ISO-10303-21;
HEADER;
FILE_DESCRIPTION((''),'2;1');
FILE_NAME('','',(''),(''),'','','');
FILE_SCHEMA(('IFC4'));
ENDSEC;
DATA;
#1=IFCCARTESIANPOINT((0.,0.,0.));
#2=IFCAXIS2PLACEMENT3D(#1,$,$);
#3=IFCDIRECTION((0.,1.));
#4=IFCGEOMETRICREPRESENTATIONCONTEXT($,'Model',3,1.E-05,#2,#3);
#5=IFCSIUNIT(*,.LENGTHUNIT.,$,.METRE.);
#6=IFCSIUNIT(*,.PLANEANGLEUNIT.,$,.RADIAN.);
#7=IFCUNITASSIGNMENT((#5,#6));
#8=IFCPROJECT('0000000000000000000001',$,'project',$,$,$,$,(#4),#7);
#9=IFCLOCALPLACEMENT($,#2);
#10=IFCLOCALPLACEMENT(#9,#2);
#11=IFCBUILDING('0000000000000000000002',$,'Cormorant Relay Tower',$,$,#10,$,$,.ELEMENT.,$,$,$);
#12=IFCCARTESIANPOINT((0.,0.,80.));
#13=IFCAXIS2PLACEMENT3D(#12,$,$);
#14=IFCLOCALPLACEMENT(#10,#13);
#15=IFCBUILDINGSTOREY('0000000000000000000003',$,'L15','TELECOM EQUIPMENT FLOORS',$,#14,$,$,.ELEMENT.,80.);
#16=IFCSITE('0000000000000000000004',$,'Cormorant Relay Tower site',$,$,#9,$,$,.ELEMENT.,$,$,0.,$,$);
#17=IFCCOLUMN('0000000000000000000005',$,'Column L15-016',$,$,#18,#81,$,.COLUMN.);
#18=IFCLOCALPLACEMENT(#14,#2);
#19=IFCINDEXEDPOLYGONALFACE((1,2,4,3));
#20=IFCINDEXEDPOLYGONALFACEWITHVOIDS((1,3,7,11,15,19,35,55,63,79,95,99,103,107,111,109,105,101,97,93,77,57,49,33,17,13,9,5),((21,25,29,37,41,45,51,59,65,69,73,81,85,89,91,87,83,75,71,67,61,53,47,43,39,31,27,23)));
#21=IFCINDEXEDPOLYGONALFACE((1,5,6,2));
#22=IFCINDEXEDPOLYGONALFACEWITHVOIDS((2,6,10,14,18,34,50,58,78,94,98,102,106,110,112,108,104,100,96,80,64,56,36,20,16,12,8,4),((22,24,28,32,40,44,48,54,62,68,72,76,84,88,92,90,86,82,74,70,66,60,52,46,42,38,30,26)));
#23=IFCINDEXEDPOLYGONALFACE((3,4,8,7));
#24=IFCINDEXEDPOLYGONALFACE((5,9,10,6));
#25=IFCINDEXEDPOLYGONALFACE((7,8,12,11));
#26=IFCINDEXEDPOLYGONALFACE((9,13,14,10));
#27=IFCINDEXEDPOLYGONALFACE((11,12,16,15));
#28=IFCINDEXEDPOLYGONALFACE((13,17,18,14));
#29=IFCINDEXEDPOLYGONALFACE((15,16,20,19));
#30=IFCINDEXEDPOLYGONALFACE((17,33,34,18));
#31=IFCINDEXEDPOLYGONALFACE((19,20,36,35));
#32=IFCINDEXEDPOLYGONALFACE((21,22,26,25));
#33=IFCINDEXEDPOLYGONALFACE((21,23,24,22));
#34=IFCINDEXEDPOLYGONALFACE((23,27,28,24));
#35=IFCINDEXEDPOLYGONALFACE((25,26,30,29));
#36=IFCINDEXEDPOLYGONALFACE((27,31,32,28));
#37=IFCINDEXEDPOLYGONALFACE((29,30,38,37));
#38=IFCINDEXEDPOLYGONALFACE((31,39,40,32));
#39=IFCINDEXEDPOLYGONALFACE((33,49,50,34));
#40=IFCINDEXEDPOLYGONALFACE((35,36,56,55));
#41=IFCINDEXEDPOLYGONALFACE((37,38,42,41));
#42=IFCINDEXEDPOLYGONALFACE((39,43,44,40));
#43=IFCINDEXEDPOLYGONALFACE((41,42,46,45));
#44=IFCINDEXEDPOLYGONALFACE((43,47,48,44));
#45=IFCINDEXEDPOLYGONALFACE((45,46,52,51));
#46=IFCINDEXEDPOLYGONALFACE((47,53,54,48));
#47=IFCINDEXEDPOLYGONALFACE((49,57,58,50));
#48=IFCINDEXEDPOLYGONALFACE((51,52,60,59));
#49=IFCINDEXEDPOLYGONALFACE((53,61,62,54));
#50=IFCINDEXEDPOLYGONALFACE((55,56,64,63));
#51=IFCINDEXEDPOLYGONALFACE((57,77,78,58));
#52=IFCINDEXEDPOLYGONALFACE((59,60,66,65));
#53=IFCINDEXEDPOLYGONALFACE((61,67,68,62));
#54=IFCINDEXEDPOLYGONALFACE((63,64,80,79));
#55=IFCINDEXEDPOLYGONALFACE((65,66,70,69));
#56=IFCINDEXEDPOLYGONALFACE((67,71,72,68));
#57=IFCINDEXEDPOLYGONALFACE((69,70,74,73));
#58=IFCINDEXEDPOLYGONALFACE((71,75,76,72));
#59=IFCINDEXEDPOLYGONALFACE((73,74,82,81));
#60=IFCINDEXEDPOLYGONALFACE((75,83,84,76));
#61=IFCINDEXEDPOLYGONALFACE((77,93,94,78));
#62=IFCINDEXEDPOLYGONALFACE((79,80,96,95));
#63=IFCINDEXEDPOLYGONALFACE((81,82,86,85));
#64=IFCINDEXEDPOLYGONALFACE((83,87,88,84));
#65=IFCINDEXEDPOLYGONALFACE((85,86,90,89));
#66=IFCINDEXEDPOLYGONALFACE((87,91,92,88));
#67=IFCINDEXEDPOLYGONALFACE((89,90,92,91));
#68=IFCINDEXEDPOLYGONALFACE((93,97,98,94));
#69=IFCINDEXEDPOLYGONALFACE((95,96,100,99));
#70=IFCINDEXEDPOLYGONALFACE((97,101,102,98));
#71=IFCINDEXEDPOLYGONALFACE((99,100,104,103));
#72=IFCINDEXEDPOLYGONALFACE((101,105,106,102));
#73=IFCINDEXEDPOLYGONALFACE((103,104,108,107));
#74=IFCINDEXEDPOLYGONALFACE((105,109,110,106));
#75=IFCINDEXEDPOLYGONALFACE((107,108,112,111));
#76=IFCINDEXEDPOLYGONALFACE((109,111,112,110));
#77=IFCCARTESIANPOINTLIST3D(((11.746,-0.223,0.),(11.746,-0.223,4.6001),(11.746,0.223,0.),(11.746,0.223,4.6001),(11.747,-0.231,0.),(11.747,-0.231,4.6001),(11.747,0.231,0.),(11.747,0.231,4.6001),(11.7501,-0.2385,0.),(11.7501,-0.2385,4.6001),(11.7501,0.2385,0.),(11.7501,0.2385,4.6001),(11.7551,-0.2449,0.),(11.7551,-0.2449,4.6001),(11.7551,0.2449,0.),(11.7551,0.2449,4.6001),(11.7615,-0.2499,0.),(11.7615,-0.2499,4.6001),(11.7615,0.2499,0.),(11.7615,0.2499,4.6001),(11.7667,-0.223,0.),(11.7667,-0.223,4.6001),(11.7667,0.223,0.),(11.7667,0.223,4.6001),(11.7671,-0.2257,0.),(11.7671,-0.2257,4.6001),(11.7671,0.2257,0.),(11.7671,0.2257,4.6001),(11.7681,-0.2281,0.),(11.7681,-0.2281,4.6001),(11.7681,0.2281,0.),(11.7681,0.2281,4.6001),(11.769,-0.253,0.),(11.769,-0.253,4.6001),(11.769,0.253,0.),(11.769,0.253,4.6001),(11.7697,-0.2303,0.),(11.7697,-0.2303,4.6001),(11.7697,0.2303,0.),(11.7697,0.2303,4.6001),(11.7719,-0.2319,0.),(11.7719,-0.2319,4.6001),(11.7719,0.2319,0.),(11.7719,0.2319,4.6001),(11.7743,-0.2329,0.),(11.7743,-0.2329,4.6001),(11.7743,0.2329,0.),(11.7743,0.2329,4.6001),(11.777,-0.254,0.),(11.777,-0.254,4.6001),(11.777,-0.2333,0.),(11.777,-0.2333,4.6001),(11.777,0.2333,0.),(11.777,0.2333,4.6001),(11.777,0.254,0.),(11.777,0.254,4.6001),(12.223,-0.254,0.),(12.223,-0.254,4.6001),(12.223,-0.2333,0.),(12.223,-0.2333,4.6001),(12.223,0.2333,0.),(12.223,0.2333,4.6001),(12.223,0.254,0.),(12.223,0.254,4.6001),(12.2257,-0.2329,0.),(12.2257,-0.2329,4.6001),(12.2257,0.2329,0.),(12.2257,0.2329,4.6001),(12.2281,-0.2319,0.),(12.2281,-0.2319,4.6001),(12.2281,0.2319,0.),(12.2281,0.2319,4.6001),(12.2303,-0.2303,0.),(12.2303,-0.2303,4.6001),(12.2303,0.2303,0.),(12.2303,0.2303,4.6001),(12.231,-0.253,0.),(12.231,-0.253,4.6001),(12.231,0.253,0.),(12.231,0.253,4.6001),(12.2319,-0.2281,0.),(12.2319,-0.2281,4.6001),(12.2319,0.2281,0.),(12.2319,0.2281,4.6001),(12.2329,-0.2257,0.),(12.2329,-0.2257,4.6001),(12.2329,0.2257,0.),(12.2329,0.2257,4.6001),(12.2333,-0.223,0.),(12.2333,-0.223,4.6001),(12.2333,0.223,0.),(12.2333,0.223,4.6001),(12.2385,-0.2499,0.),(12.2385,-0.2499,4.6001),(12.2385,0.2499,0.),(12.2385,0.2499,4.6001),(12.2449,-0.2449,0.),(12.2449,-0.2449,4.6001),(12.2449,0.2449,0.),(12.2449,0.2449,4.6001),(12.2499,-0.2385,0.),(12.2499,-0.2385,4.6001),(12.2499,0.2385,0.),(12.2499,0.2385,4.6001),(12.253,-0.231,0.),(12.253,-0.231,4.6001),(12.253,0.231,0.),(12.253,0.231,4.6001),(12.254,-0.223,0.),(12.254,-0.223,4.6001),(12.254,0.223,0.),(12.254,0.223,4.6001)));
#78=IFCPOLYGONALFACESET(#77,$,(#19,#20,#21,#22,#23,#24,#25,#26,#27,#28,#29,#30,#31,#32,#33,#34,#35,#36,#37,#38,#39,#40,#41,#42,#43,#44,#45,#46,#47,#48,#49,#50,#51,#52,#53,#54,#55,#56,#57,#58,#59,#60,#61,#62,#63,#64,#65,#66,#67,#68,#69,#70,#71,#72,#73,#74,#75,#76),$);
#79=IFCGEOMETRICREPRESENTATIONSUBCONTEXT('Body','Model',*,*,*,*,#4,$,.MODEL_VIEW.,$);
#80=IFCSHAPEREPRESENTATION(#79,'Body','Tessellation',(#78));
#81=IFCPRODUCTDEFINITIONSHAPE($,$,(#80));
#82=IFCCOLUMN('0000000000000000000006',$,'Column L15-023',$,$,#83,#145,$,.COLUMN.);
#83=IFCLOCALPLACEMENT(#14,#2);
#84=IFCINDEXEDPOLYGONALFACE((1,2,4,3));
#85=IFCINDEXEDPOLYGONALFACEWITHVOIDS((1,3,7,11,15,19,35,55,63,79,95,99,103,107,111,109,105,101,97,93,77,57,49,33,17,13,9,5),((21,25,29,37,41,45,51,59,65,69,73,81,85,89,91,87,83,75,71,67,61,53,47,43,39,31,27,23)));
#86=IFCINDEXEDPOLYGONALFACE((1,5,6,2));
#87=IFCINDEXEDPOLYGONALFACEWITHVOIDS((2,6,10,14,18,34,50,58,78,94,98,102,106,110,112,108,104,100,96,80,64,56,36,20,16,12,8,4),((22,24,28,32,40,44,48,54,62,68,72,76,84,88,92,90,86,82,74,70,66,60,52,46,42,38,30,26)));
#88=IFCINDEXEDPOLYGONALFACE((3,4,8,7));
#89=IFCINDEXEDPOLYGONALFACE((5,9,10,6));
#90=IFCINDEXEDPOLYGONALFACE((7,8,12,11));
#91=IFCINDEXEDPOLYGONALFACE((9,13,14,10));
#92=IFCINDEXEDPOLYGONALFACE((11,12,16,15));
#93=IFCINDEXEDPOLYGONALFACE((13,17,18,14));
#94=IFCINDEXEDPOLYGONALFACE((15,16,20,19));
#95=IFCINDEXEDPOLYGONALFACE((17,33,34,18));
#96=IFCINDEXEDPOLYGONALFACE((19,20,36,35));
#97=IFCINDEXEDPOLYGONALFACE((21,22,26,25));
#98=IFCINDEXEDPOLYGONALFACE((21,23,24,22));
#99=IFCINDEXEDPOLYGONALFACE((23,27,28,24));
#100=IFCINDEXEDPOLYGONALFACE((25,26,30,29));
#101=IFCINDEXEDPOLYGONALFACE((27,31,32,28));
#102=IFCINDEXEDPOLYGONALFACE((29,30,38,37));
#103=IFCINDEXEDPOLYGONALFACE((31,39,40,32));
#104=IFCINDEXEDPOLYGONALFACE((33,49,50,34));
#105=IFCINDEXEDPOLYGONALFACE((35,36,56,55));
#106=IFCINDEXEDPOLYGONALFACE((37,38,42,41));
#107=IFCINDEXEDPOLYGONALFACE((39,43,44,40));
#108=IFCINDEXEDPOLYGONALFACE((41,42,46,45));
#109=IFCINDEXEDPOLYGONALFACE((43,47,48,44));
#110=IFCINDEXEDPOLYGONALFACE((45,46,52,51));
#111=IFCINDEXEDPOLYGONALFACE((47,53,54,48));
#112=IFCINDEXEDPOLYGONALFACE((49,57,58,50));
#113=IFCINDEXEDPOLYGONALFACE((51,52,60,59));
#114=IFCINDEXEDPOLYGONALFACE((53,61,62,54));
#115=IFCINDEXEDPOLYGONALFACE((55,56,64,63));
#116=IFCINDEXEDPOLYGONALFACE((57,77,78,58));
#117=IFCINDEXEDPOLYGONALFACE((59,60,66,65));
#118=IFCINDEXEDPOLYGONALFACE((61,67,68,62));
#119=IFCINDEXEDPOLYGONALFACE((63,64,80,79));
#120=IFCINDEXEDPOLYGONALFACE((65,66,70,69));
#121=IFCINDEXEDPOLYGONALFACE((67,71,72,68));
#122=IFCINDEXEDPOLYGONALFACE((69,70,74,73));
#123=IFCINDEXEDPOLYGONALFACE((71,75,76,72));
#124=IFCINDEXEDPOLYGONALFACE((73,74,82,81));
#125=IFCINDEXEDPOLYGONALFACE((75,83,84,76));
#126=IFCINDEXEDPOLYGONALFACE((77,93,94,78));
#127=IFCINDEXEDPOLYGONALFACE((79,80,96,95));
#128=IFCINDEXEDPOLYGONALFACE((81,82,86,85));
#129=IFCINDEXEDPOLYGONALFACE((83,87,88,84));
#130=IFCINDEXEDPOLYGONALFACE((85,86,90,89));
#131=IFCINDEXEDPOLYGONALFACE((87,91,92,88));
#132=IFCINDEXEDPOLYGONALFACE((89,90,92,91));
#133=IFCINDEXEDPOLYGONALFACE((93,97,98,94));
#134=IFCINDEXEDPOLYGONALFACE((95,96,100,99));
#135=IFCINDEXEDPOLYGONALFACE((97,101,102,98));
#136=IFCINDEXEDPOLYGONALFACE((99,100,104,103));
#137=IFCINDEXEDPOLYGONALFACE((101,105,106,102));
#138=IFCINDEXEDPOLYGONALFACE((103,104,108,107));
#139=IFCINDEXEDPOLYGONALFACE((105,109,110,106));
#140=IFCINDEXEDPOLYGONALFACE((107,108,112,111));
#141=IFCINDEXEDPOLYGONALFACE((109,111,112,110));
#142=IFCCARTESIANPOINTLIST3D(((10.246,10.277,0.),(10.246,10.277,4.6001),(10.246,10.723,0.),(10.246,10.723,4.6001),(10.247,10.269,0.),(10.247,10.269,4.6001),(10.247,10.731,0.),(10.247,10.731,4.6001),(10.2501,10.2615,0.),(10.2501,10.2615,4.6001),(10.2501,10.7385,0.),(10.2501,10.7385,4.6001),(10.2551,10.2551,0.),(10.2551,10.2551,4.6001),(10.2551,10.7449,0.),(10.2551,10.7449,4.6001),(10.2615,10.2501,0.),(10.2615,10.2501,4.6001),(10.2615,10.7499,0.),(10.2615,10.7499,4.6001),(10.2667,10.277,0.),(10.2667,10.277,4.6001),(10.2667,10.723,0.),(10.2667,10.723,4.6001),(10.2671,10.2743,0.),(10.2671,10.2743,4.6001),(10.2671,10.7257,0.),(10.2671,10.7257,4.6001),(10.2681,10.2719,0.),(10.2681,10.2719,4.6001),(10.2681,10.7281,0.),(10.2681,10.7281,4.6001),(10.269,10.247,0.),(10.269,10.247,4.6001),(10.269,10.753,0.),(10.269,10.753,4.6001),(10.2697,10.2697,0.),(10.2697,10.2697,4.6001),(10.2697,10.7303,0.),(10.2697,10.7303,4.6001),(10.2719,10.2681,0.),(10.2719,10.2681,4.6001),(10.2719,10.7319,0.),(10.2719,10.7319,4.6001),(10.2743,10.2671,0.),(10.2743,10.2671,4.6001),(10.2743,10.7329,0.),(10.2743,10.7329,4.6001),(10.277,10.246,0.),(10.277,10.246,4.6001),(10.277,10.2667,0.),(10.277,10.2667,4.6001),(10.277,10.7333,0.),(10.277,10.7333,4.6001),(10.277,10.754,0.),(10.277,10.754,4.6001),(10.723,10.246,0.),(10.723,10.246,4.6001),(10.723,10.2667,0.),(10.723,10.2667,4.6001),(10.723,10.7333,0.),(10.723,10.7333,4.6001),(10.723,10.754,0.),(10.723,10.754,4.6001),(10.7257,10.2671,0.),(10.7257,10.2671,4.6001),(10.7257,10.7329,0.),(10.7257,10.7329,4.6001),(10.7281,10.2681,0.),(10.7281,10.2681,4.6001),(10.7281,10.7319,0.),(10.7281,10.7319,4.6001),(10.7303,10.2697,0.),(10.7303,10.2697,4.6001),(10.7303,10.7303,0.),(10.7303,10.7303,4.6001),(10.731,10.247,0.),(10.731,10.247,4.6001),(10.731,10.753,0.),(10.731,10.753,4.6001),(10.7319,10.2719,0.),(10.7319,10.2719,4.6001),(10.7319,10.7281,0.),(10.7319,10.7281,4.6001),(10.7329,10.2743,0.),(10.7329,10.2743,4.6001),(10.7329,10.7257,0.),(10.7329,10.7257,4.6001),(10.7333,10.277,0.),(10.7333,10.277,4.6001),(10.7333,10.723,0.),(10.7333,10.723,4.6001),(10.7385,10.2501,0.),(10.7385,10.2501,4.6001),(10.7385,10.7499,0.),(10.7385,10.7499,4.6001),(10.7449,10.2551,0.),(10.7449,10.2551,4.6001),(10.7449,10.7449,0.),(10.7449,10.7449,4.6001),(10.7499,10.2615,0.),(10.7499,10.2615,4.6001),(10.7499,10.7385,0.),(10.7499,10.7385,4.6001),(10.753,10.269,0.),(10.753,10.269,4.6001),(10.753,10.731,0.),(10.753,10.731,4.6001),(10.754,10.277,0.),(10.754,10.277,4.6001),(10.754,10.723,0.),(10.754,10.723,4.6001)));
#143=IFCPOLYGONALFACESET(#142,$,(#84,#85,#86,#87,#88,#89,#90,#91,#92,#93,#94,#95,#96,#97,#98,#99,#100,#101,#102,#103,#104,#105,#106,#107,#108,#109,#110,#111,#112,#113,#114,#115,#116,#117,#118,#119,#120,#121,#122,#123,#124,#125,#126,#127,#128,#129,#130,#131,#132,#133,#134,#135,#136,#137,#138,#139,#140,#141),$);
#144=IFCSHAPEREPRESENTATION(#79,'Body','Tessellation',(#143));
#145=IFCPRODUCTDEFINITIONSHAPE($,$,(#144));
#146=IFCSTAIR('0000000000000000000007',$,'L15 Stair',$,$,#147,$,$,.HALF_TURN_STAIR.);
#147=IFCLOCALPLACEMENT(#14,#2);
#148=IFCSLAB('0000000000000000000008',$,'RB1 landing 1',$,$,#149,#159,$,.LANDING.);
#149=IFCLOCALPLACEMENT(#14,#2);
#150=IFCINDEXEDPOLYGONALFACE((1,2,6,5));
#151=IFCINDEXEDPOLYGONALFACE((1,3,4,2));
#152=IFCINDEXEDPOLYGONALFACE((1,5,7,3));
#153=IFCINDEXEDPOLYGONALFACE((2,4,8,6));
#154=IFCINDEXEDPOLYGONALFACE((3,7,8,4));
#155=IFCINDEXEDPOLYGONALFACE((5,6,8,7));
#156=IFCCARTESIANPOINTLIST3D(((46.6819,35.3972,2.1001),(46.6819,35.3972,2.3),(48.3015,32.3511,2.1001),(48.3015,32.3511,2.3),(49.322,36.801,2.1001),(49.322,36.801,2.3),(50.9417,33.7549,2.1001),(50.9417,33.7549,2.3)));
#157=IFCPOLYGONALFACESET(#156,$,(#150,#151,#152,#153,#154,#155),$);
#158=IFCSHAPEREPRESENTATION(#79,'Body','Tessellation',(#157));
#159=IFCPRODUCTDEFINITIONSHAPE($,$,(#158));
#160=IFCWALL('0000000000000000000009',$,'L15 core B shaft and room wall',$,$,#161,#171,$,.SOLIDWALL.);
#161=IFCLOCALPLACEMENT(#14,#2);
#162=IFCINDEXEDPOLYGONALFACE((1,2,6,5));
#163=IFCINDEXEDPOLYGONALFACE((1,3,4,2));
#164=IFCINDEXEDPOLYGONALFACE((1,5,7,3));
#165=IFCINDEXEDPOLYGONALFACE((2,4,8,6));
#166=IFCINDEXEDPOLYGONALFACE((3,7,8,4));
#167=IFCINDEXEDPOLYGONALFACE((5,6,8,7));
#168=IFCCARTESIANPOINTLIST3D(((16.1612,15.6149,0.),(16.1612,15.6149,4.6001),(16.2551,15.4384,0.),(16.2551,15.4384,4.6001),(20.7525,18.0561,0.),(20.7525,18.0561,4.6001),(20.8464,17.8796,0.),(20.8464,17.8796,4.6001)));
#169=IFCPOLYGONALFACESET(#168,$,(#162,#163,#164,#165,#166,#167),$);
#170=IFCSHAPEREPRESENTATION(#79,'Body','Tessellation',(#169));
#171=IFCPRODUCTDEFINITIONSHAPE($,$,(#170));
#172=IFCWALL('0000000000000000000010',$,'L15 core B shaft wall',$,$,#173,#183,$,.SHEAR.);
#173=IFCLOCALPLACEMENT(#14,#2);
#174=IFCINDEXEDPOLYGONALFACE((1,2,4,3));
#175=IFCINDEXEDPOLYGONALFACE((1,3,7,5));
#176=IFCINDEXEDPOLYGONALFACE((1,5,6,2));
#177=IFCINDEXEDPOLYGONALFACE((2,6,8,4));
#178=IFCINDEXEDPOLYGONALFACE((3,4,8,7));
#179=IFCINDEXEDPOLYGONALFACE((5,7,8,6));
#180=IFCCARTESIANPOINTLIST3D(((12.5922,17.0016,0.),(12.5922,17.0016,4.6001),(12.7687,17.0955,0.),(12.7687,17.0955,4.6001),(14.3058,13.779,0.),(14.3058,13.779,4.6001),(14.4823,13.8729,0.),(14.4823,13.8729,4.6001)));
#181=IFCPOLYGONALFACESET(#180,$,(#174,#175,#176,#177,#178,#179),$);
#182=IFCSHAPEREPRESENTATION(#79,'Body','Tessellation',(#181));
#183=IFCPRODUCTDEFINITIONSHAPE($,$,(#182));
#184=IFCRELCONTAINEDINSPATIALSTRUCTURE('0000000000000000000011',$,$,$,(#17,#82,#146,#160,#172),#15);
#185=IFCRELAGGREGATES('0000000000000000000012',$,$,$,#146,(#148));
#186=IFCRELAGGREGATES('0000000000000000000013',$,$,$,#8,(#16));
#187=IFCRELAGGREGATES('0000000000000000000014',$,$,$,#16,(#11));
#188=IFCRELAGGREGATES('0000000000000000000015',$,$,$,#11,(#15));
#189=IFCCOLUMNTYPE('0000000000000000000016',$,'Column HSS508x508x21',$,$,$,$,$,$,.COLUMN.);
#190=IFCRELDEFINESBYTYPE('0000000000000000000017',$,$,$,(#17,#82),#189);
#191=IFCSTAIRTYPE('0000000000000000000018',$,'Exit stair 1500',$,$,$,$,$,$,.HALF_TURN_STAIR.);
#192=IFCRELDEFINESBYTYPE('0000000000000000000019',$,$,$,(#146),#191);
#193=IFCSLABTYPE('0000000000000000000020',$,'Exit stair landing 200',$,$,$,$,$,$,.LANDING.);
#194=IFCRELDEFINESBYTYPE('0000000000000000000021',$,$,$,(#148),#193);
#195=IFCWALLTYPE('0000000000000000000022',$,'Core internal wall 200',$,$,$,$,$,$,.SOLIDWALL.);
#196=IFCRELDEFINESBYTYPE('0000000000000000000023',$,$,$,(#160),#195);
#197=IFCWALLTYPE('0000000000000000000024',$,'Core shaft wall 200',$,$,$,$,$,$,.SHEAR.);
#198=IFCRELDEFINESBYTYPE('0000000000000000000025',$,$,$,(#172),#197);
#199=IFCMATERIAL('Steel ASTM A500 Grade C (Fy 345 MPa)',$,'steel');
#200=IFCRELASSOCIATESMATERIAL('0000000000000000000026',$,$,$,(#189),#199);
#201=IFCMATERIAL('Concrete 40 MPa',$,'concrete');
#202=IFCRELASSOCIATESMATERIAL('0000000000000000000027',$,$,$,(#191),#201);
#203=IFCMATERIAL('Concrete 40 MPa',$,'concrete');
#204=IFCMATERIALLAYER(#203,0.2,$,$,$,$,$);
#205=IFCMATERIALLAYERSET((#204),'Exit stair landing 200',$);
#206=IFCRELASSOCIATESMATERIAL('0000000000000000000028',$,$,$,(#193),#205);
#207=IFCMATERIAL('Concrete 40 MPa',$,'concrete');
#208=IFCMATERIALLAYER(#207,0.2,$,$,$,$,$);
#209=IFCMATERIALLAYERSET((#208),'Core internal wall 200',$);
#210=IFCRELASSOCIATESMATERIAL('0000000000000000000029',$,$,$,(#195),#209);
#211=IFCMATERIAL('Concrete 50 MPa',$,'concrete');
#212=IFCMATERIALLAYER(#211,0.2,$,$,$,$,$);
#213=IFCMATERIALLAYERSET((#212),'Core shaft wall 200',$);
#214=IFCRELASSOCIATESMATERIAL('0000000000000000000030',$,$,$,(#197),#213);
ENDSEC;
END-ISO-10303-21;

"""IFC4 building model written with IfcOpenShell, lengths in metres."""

from ifc_helpers import new_model, si_unit, direction, frame, frame_2d, origin, origin_2d, place, context, subcontext, project, spatial, polyline, rectangle, hollow_rectangle, outline, extrude, material, layer, layer_set, material_profile, profile_set, type_object, element, aggregate, save


model = new_model("IFC4")

# Units and contexts
model_context = context("Model", 3, precision=1e-05, world=origin(), true_north=direction((0.0, 1.0)))
body_context = subcontext(model_context, "Body", "Model", "MODEL_VIEW")
ifc_project = project(units=[si_unit("LENGTHUNIT", "METRE"), si_unit("PLANEANGLEUNIT", "RADIAN")], contexts=[model_context])

# Site, building, storey
site_placement = place(None, origin())
site = spatial("IfcSite", under=ifc_project, at=site_placement, Name="Cormorant Relay Tower site", CompositionType="ELEMENT", RefElevation=0.0)
building_placement = place(site_placement, origin())
building = spatial("IfcBuilding", under=site, at=building_placement, Name="Cormorant Relay Tower", CompositionType="ELEMENT")
storey_placement = place(building_placement, frame((0.0, 0.0, 80.0)))
storey = spatial("IfcBuildingStorey", under=building, at=storey_placement, Name="L15", Description="TELECOM EQUIPMENT FLOORS", CompositionType="ELEMENT", Elevation=80.0)

# Columns
ifc_material_1 = material(Name="Steel ASTM A500 Grade C (Fy 345 MPa)", Category="steel")
ifc_material_profile = material_profile(ifc_material_1, hollow_rectangle(XDim=0.5081, YDim=0.5081, WallThickness=0.0208, InnerFilletRadius=0.0103, OuterFilletRadius=0.031, at=origin_2d()), Name="HSS508x508x21")
ifc_profile_set = profile_set([ifc_material_profile], Name="Steel ASTM A500 Grade C (Fy 345 MPa)")
column_type = type_object("IfcColumnType", Name="Column HSS508x508x21", PredefinedType="COLUMN", material=ifc_profile_set)
for number, where, z_axis, x_axis, name in (
    (1, (12.0, 0.0, 0.0), (0.0, 0.0, 1.0), (1.0, 0.0, 0.0), "Column L15-016"),
    (2, (10.5, 10.5, 0.0), (0.0, 0.0, 1.0), (1.0, 0.0, 0.0), "Column L15-023"),
):
    element("IfcColumn", number, at=place(storey_placement, frame(where, z_axis=z_axis, x_axis=x_axis)), inside=storey, type_object=column_type, Name=name, PredefinedType="COLUMN", context=body_context, shape_type="SweptSolid", body=[
        extrude(hollow_rectangle(XDim=0.5081, YDim=0.5081, WallThickness=0.0208, InnerFilletRadius=0.0103, OuterFilletRadius=0.031, at=origin_2d()), origin(), (0.0, 0.0, 1.0), 4.6001),
    ])

# Stair, slab
ifc_material_2 = material(Name="Concrete 40 MPa", Category="concrete")
stair_type = type_object("IfcStairType", Name="Exit stair 1500", PredefinedType="HALF_TURN_STAIR", material=ifc_material_2)
stair_placement = place(storey_placement, origin())
stair = element("IfcStair", 3, at=stair_placement, inside=storey, type_object=stair_type, Name="L15 Stair", PredefinedType="HALF_TURN_STAIR")
ifc_material_3 = material(Name="Concrete 40 MPa", Category="concrete")
ifc_layer_1 = layer(ifc_material_3, 0.2)
ifc_layer_set_1 = layer_set([ifc_layer_1], Name="Exit stair landing 200")
slab_type = type_object("IfcSlabType", Name="Exit stair landing 200", PredefinedType="LANDING", material=ifc_layer_set_1)
slab_placement = place(storey_placement, frame((0.0, 0.0, 2.1001)))
slab = element("IfcSlab", 4, at=slab_placement, type_object=slab_type, Name="RB1 landing 1", PredefinedType="LANDING", context=body_context, shape_type="SweptSolid", body=[
    extrude(outline(polyline([(48.3015, 32.3511), (50.9417, 33.7549), (49.322, 36.801), (46.6819, 35.3972), (48.3015, 32.3511)])), origin(), (0.0, 0.0, 1.0), 0.2),
])
aggregate(stair, [slab])

# Walls
ifc_material_4 = material(Name="Concrete 40 MPa", Category="concrete")
ifc_layer_2 = layer(ifc_material_4, 0.2)
ifc_layer_set_2 = layer_set([ifc_layer_2], Name="Core internal wall 200")
wall_type_1 = type_object("IfcWallType", Name="Core internal wall 200", PredefinedType="SOLIDWALL", material=ifc_layer_set_2)
wall_1_placement = place(storey_placement, frame((16.208, 15.5266, 0.0), z_axis=(0.0, 0.0, 1.0), x_axis=(0.882954, 0.46946, 0.0)))
element("IfcWall", 5, at=wall_1_placement, inside=storey, type_object=wall_type_1, Name="L15 core B shaft and room wall", PredefinedType="SOLIDWALL", context=body_context, shape_type="SweptSolid", body=[
    extrude(rectangle(XDim=5.2, YDim=0.2, at=frame_2d((2.6001, 0.0))), origin(), (0.0, 0.0, 1.0), 4.6001),
])
ifc_material_5 = material(Name="Concrete 50 MPa", Category="concrete")
ifc_layer_3 = layer(ifc_material_5, 0.2)
ifc_layer_set_3 = layer_set([ifc_layer_3], Name="Core shaft wall 200")
wall_type_2 = type_object("IfcWallType", Name="Core shaft wall 200", PredefinedType="SHEAR", material=ifc_layer_set_3)
wall_2_placement = place(storey_placement, frame((14.394, 13.8259, 0.0), z_axis=(0.0, 0.0, 1.0), x_axis=(-0.469494, 0.882936, 0.0)))
element("IfcWall", 6, at=wall_2_placement, inside=storey, type_object=wall_type_2, Name="L15 core B shaft wall", PredefinedType="SHEAR", context=body_context, shape_type="SweptSolid", body=[
    extrude(rectangle(XDim=3.6499, YDim=0.2, at=frame_2d((1.825, 0.0))), origin(), (0.0, 0.0, 1.0), 4.6001),
])

save(model, "model.ifc")
